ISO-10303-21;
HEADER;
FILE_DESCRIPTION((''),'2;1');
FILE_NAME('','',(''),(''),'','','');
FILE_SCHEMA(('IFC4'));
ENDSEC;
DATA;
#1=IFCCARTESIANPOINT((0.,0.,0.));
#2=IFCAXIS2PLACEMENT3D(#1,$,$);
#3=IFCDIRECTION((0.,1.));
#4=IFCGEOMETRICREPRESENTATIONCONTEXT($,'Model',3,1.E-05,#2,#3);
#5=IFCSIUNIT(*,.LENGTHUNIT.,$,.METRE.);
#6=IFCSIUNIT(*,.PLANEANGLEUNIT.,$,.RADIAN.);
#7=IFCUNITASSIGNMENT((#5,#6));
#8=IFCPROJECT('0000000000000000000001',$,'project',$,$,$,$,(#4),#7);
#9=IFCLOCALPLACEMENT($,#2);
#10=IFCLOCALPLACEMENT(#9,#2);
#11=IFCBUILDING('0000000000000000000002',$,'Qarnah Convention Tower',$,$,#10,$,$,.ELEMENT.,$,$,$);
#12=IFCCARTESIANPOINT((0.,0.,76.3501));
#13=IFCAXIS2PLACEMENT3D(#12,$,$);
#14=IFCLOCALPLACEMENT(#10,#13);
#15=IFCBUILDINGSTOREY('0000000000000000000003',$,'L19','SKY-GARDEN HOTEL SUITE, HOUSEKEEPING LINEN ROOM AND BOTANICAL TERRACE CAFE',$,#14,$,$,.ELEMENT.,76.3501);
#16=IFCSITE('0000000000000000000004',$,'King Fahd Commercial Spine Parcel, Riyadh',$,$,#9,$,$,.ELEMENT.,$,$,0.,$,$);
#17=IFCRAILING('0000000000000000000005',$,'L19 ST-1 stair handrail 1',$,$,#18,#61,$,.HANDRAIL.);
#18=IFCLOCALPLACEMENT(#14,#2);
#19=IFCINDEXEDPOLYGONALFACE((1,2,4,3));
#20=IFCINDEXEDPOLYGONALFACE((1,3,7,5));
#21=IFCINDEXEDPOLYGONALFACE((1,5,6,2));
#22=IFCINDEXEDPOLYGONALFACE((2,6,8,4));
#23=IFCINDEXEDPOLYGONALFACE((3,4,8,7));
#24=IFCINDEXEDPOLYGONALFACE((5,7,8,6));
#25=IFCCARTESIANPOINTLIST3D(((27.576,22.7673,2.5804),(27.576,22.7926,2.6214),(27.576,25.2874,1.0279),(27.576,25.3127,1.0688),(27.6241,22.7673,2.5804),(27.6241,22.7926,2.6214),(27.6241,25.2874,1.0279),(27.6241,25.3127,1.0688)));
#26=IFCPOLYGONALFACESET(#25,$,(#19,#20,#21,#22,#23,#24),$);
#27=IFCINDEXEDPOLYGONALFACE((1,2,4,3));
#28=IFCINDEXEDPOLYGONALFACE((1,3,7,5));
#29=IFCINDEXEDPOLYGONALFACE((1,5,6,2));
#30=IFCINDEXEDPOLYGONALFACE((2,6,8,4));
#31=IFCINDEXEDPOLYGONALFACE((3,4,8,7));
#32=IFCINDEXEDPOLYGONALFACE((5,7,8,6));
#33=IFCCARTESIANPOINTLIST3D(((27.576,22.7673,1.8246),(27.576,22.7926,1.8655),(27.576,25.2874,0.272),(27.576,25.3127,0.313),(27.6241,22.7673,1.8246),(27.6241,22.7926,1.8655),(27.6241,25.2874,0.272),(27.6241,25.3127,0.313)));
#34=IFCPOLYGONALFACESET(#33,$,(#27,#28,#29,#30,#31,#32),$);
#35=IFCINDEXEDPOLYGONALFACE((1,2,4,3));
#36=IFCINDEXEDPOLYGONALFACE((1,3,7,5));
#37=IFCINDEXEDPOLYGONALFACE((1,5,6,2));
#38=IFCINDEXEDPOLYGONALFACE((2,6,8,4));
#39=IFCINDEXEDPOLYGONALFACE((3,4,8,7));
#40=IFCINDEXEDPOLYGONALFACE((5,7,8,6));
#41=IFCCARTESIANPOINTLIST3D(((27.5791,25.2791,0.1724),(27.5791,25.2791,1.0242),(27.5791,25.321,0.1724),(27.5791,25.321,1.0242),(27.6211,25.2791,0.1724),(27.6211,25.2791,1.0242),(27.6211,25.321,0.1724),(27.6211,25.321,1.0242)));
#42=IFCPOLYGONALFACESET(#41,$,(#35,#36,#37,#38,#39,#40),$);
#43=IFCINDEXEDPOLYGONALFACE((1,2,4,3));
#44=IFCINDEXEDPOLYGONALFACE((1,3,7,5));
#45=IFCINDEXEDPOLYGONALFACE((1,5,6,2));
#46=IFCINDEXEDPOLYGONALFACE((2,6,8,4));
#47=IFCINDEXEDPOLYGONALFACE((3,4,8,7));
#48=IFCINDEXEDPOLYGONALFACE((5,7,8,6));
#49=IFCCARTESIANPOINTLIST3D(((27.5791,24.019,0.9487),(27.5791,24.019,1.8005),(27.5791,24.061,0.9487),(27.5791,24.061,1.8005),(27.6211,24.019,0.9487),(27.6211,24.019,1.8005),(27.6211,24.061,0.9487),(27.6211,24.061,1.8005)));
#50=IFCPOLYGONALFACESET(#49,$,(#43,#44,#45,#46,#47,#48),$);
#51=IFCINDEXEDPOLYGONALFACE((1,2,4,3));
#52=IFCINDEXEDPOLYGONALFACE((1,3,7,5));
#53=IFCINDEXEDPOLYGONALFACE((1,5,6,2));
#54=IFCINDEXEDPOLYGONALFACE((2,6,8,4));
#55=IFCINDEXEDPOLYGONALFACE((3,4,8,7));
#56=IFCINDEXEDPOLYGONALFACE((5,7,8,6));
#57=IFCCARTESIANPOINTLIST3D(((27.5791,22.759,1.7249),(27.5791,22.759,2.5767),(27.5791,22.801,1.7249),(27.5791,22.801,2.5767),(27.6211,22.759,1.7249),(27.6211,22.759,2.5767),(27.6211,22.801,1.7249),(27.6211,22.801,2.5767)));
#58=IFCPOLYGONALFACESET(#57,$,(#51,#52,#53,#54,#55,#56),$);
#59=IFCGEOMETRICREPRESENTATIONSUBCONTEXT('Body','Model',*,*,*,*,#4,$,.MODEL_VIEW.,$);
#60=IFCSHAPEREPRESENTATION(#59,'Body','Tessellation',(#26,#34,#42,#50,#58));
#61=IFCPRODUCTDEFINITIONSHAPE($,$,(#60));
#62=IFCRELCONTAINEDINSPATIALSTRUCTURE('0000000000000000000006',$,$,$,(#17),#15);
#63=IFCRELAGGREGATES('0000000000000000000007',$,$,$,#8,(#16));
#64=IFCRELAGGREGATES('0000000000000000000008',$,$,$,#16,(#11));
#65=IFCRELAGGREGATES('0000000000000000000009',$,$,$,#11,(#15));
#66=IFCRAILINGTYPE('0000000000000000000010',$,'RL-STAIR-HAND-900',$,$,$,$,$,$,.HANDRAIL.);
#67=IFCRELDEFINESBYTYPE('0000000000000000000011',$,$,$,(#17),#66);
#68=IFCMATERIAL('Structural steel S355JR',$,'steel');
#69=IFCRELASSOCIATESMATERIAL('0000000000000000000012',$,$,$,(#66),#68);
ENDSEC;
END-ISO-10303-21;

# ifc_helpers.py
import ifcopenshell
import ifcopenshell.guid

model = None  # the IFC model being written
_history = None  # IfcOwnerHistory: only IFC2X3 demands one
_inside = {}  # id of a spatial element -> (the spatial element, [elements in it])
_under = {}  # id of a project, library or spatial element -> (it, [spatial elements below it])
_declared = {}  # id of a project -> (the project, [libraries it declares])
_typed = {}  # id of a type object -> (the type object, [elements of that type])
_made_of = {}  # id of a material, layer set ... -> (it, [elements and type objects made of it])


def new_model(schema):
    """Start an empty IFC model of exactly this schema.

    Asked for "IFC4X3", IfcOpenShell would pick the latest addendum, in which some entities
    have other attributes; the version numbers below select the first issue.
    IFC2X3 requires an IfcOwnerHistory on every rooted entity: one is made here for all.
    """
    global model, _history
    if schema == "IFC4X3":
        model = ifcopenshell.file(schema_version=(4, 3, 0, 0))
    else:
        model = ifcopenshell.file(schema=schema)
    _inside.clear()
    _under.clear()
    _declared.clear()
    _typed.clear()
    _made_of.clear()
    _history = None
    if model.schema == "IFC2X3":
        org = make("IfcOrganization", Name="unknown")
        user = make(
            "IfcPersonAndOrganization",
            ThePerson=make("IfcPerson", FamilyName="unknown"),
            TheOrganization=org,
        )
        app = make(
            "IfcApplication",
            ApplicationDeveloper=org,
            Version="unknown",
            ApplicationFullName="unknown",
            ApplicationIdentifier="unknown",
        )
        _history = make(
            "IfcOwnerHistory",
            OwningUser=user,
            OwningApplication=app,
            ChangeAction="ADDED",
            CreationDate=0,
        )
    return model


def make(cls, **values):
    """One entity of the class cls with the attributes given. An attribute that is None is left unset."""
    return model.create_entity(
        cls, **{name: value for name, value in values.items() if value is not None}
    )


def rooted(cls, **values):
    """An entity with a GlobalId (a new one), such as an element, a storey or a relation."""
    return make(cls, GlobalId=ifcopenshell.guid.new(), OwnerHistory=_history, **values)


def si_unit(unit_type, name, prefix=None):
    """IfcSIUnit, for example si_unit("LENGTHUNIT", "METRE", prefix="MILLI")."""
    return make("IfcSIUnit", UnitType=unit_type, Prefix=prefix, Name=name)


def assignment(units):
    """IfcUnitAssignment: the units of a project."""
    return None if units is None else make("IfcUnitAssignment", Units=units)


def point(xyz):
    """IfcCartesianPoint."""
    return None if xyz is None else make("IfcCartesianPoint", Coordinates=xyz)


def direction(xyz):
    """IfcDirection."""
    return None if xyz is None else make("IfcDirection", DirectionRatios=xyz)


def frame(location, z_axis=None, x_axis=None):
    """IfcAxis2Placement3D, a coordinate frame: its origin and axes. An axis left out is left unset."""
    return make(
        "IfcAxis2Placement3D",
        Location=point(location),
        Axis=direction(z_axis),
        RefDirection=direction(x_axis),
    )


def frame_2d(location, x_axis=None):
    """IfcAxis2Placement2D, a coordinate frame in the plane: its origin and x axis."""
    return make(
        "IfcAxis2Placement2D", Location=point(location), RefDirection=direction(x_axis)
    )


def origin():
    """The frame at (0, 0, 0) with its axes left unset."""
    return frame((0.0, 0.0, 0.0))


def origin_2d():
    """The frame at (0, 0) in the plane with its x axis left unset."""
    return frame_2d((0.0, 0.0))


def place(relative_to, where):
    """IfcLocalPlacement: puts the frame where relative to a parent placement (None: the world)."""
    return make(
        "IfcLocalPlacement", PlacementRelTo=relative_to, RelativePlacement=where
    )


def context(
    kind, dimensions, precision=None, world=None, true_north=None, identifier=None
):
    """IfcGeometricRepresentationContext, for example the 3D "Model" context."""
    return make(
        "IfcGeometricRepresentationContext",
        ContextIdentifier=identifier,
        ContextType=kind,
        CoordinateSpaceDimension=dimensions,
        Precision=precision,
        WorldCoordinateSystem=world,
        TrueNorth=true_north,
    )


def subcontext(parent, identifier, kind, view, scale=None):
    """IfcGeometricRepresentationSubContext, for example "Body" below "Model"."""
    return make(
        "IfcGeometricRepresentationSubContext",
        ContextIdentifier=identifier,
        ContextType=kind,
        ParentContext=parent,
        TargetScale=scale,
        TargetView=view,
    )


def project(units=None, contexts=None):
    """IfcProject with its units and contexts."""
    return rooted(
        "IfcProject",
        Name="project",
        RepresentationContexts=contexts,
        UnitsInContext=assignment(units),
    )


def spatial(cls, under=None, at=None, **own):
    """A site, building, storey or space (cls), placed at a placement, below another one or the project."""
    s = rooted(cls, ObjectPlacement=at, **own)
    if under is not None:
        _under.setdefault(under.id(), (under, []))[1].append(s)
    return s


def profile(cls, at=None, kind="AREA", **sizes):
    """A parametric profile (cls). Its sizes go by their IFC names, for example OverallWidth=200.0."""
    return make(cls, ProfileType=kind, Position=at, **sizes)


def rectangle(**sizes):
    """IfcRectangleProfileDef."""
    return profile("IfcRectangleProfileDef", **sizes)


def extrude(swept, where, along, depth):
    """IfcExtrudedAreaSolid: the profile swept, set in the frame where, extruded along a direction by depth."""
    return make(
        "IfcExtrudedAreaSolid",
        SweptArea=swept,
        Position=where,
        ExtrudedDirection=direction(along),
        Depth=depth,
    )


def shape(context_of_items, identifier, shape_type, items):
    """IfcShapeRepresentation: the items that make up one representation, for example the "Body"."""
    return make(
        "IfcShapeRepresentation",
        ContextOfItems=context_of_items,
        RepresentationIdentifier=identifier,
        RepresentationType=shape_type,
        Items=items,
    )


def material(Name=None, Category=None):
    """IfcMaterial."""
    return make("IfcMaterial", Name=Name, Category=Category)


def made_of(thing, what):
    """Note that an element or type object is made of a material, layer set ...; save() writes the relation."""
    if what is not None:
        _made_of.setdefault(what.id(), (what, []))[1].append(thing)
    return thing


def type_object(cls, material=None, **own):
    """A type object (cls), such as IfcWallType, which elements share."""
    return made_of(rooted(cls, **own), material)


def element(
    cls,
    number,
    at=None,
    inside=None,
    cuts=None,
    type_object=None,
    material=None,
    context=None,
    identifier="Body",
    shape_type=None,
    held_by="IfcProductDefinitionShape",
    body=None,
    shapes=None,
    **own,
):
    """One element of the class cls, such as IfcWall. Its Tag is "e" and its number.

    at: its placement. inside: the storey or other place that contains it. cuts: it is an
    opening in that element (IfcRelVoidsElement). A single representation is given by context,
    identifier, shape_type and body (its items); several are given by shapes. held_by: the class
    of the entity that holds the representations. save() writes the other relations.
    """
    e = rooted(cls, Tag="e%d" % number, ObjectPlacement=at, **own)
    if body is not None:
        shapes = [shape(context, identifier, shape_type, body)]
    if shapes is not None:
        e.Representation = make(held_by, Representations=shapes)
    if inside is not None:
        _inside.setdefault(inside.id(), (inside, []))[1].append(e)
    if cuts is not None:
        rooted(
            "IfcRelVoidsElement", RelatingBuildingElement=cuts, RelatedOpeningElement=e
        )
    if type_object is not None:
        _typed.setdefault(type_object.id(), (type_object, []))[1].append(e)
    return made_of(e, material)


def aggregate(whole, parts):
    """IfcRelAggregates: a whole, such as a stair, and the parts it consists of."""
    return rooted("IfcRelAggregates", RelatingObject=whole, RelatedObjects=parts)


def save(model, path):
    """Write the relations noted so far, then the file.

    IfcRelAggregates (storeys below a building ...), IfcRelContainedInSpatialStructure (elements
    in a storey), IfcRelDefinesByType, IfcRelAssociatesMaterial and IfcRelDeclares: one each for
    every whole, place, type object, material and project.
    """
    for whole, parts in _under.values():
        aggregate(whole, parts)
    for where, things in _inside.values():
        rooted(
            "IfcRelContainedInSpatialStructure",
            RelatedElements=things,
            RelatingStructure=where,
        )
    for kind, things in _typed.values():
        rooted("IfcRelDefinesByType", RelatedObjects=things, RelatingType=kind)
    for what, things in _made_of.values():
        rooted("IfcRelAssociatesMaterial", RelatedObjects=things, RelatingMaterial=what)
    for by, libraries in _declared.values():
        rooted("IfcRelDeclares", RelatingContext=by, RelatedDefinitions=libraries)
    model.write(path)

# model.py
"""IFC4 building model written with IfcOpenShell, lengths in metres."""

from ifc_helpers import new_model, si_unit, direction, frame, origin, origin_2d, place, context, subcontext, project, spatial, rectangle, extrude, material, type_object, element, save


model = new_model("IFC4")

# Units and contexts
model_context = context("Model", 3, precision=1e-05, world=origin(), true_north=direction((0.0, 1.0)))
body_context = subcontext(model_context, "Body", "Model", "MODEL_VIEW")
ifc_project = project(units=[si_unit("LENGTHUNIT", "METRE"), si_unit("PLANEANGLEUNIT", "RADIAN")], contexts=[model_context])

# Site, building, storey
site_placement = place(None, origin())
site = spatial("IfcSite", under=ifc_project, at=site_placement, Name="King Fahd Commercial Spine Parcel, Riyadh", CompositionType="ELEMENT", RefElevation=0.0)
building_placement = place(site_placement, origin())
building = spatial("IfcBuilding", under=site, at=building_placement, Name="Qarnah Convention Tower", CompositionType="ELEMENT")
storey_placement = place(building_placement, frame((0.0, 0.0, 76.3501)))
storey = spatial("IfcBuildingStorey", under=building, at=storey_placement, Name="L19", Description="SKY-GARDEN HOTEL SUITE, HOUSEKEEPING LINEN ROOM AND BOTANICAL TERRACE CAFE", CompositionType="ELEMENT", Elevation=76.3501)

# Shared definitions
ifc_material_1 = material(Name="Structural steel S355JR", Category="steel")

# Railing
railing_type_1 = type_object("IfcRailingType", Name="RL-STAIR-HAND-900", PredefinedType="HANDRAIL", material=ifc_material_1)
railing_1_placement = place(storey_placement, frame((27.6001, 25.3, 0.1724)))
element("IfcRailing", 1, at=railing_1_placement, inside=storey, type_object=railing_type_1, Name="L19 ST-1 stair handrail 1", PredefinedType="HANDRAIL", context=body_context, shape_type="SweptSolid", body=[
    extrude(rectangle(XDim=0.0481, YDim=0.0481, at=origin_2d()), frame((0.0, 0.0, 0.876), z_axis=(0.0, -0.8514, 0.524516), x_axis=(1.0, 0.0, 0.0)), (0.0, 0.0, 1.0), 2.96),
    extrude(rectangle(XDim=0.0481, YDim=0.0481, at=origin_2d()), frame((0.0, 0.0, 0.1201), z_axis=(0.0, -0.8514, 0.524516), x_axis=(1.0, 0.0, 0.0)), (0.0, 0.0, 1.0), 2.96),
    extrude(rectangle(XDim=0.042, YDim=0.042, at=origin_2d()), origin(), (0.0, 0.0, 1.0), 0.8518),
    extrude(rectangle(XDim=0.042, YDim=0.042, at=origin_2d()), frame((0.0, -1.26, 0.7764)), (0.0, 0.0, 1.0), 0.8518),
    extrude(rectangle(XDim=0.042, YDim=0.042, at=origin_2d()), frame((0.0, -2.52, 1.5525)), (0.0, 0.0, 1.0), 0.8518),
])

save(model, "model.ifc")
